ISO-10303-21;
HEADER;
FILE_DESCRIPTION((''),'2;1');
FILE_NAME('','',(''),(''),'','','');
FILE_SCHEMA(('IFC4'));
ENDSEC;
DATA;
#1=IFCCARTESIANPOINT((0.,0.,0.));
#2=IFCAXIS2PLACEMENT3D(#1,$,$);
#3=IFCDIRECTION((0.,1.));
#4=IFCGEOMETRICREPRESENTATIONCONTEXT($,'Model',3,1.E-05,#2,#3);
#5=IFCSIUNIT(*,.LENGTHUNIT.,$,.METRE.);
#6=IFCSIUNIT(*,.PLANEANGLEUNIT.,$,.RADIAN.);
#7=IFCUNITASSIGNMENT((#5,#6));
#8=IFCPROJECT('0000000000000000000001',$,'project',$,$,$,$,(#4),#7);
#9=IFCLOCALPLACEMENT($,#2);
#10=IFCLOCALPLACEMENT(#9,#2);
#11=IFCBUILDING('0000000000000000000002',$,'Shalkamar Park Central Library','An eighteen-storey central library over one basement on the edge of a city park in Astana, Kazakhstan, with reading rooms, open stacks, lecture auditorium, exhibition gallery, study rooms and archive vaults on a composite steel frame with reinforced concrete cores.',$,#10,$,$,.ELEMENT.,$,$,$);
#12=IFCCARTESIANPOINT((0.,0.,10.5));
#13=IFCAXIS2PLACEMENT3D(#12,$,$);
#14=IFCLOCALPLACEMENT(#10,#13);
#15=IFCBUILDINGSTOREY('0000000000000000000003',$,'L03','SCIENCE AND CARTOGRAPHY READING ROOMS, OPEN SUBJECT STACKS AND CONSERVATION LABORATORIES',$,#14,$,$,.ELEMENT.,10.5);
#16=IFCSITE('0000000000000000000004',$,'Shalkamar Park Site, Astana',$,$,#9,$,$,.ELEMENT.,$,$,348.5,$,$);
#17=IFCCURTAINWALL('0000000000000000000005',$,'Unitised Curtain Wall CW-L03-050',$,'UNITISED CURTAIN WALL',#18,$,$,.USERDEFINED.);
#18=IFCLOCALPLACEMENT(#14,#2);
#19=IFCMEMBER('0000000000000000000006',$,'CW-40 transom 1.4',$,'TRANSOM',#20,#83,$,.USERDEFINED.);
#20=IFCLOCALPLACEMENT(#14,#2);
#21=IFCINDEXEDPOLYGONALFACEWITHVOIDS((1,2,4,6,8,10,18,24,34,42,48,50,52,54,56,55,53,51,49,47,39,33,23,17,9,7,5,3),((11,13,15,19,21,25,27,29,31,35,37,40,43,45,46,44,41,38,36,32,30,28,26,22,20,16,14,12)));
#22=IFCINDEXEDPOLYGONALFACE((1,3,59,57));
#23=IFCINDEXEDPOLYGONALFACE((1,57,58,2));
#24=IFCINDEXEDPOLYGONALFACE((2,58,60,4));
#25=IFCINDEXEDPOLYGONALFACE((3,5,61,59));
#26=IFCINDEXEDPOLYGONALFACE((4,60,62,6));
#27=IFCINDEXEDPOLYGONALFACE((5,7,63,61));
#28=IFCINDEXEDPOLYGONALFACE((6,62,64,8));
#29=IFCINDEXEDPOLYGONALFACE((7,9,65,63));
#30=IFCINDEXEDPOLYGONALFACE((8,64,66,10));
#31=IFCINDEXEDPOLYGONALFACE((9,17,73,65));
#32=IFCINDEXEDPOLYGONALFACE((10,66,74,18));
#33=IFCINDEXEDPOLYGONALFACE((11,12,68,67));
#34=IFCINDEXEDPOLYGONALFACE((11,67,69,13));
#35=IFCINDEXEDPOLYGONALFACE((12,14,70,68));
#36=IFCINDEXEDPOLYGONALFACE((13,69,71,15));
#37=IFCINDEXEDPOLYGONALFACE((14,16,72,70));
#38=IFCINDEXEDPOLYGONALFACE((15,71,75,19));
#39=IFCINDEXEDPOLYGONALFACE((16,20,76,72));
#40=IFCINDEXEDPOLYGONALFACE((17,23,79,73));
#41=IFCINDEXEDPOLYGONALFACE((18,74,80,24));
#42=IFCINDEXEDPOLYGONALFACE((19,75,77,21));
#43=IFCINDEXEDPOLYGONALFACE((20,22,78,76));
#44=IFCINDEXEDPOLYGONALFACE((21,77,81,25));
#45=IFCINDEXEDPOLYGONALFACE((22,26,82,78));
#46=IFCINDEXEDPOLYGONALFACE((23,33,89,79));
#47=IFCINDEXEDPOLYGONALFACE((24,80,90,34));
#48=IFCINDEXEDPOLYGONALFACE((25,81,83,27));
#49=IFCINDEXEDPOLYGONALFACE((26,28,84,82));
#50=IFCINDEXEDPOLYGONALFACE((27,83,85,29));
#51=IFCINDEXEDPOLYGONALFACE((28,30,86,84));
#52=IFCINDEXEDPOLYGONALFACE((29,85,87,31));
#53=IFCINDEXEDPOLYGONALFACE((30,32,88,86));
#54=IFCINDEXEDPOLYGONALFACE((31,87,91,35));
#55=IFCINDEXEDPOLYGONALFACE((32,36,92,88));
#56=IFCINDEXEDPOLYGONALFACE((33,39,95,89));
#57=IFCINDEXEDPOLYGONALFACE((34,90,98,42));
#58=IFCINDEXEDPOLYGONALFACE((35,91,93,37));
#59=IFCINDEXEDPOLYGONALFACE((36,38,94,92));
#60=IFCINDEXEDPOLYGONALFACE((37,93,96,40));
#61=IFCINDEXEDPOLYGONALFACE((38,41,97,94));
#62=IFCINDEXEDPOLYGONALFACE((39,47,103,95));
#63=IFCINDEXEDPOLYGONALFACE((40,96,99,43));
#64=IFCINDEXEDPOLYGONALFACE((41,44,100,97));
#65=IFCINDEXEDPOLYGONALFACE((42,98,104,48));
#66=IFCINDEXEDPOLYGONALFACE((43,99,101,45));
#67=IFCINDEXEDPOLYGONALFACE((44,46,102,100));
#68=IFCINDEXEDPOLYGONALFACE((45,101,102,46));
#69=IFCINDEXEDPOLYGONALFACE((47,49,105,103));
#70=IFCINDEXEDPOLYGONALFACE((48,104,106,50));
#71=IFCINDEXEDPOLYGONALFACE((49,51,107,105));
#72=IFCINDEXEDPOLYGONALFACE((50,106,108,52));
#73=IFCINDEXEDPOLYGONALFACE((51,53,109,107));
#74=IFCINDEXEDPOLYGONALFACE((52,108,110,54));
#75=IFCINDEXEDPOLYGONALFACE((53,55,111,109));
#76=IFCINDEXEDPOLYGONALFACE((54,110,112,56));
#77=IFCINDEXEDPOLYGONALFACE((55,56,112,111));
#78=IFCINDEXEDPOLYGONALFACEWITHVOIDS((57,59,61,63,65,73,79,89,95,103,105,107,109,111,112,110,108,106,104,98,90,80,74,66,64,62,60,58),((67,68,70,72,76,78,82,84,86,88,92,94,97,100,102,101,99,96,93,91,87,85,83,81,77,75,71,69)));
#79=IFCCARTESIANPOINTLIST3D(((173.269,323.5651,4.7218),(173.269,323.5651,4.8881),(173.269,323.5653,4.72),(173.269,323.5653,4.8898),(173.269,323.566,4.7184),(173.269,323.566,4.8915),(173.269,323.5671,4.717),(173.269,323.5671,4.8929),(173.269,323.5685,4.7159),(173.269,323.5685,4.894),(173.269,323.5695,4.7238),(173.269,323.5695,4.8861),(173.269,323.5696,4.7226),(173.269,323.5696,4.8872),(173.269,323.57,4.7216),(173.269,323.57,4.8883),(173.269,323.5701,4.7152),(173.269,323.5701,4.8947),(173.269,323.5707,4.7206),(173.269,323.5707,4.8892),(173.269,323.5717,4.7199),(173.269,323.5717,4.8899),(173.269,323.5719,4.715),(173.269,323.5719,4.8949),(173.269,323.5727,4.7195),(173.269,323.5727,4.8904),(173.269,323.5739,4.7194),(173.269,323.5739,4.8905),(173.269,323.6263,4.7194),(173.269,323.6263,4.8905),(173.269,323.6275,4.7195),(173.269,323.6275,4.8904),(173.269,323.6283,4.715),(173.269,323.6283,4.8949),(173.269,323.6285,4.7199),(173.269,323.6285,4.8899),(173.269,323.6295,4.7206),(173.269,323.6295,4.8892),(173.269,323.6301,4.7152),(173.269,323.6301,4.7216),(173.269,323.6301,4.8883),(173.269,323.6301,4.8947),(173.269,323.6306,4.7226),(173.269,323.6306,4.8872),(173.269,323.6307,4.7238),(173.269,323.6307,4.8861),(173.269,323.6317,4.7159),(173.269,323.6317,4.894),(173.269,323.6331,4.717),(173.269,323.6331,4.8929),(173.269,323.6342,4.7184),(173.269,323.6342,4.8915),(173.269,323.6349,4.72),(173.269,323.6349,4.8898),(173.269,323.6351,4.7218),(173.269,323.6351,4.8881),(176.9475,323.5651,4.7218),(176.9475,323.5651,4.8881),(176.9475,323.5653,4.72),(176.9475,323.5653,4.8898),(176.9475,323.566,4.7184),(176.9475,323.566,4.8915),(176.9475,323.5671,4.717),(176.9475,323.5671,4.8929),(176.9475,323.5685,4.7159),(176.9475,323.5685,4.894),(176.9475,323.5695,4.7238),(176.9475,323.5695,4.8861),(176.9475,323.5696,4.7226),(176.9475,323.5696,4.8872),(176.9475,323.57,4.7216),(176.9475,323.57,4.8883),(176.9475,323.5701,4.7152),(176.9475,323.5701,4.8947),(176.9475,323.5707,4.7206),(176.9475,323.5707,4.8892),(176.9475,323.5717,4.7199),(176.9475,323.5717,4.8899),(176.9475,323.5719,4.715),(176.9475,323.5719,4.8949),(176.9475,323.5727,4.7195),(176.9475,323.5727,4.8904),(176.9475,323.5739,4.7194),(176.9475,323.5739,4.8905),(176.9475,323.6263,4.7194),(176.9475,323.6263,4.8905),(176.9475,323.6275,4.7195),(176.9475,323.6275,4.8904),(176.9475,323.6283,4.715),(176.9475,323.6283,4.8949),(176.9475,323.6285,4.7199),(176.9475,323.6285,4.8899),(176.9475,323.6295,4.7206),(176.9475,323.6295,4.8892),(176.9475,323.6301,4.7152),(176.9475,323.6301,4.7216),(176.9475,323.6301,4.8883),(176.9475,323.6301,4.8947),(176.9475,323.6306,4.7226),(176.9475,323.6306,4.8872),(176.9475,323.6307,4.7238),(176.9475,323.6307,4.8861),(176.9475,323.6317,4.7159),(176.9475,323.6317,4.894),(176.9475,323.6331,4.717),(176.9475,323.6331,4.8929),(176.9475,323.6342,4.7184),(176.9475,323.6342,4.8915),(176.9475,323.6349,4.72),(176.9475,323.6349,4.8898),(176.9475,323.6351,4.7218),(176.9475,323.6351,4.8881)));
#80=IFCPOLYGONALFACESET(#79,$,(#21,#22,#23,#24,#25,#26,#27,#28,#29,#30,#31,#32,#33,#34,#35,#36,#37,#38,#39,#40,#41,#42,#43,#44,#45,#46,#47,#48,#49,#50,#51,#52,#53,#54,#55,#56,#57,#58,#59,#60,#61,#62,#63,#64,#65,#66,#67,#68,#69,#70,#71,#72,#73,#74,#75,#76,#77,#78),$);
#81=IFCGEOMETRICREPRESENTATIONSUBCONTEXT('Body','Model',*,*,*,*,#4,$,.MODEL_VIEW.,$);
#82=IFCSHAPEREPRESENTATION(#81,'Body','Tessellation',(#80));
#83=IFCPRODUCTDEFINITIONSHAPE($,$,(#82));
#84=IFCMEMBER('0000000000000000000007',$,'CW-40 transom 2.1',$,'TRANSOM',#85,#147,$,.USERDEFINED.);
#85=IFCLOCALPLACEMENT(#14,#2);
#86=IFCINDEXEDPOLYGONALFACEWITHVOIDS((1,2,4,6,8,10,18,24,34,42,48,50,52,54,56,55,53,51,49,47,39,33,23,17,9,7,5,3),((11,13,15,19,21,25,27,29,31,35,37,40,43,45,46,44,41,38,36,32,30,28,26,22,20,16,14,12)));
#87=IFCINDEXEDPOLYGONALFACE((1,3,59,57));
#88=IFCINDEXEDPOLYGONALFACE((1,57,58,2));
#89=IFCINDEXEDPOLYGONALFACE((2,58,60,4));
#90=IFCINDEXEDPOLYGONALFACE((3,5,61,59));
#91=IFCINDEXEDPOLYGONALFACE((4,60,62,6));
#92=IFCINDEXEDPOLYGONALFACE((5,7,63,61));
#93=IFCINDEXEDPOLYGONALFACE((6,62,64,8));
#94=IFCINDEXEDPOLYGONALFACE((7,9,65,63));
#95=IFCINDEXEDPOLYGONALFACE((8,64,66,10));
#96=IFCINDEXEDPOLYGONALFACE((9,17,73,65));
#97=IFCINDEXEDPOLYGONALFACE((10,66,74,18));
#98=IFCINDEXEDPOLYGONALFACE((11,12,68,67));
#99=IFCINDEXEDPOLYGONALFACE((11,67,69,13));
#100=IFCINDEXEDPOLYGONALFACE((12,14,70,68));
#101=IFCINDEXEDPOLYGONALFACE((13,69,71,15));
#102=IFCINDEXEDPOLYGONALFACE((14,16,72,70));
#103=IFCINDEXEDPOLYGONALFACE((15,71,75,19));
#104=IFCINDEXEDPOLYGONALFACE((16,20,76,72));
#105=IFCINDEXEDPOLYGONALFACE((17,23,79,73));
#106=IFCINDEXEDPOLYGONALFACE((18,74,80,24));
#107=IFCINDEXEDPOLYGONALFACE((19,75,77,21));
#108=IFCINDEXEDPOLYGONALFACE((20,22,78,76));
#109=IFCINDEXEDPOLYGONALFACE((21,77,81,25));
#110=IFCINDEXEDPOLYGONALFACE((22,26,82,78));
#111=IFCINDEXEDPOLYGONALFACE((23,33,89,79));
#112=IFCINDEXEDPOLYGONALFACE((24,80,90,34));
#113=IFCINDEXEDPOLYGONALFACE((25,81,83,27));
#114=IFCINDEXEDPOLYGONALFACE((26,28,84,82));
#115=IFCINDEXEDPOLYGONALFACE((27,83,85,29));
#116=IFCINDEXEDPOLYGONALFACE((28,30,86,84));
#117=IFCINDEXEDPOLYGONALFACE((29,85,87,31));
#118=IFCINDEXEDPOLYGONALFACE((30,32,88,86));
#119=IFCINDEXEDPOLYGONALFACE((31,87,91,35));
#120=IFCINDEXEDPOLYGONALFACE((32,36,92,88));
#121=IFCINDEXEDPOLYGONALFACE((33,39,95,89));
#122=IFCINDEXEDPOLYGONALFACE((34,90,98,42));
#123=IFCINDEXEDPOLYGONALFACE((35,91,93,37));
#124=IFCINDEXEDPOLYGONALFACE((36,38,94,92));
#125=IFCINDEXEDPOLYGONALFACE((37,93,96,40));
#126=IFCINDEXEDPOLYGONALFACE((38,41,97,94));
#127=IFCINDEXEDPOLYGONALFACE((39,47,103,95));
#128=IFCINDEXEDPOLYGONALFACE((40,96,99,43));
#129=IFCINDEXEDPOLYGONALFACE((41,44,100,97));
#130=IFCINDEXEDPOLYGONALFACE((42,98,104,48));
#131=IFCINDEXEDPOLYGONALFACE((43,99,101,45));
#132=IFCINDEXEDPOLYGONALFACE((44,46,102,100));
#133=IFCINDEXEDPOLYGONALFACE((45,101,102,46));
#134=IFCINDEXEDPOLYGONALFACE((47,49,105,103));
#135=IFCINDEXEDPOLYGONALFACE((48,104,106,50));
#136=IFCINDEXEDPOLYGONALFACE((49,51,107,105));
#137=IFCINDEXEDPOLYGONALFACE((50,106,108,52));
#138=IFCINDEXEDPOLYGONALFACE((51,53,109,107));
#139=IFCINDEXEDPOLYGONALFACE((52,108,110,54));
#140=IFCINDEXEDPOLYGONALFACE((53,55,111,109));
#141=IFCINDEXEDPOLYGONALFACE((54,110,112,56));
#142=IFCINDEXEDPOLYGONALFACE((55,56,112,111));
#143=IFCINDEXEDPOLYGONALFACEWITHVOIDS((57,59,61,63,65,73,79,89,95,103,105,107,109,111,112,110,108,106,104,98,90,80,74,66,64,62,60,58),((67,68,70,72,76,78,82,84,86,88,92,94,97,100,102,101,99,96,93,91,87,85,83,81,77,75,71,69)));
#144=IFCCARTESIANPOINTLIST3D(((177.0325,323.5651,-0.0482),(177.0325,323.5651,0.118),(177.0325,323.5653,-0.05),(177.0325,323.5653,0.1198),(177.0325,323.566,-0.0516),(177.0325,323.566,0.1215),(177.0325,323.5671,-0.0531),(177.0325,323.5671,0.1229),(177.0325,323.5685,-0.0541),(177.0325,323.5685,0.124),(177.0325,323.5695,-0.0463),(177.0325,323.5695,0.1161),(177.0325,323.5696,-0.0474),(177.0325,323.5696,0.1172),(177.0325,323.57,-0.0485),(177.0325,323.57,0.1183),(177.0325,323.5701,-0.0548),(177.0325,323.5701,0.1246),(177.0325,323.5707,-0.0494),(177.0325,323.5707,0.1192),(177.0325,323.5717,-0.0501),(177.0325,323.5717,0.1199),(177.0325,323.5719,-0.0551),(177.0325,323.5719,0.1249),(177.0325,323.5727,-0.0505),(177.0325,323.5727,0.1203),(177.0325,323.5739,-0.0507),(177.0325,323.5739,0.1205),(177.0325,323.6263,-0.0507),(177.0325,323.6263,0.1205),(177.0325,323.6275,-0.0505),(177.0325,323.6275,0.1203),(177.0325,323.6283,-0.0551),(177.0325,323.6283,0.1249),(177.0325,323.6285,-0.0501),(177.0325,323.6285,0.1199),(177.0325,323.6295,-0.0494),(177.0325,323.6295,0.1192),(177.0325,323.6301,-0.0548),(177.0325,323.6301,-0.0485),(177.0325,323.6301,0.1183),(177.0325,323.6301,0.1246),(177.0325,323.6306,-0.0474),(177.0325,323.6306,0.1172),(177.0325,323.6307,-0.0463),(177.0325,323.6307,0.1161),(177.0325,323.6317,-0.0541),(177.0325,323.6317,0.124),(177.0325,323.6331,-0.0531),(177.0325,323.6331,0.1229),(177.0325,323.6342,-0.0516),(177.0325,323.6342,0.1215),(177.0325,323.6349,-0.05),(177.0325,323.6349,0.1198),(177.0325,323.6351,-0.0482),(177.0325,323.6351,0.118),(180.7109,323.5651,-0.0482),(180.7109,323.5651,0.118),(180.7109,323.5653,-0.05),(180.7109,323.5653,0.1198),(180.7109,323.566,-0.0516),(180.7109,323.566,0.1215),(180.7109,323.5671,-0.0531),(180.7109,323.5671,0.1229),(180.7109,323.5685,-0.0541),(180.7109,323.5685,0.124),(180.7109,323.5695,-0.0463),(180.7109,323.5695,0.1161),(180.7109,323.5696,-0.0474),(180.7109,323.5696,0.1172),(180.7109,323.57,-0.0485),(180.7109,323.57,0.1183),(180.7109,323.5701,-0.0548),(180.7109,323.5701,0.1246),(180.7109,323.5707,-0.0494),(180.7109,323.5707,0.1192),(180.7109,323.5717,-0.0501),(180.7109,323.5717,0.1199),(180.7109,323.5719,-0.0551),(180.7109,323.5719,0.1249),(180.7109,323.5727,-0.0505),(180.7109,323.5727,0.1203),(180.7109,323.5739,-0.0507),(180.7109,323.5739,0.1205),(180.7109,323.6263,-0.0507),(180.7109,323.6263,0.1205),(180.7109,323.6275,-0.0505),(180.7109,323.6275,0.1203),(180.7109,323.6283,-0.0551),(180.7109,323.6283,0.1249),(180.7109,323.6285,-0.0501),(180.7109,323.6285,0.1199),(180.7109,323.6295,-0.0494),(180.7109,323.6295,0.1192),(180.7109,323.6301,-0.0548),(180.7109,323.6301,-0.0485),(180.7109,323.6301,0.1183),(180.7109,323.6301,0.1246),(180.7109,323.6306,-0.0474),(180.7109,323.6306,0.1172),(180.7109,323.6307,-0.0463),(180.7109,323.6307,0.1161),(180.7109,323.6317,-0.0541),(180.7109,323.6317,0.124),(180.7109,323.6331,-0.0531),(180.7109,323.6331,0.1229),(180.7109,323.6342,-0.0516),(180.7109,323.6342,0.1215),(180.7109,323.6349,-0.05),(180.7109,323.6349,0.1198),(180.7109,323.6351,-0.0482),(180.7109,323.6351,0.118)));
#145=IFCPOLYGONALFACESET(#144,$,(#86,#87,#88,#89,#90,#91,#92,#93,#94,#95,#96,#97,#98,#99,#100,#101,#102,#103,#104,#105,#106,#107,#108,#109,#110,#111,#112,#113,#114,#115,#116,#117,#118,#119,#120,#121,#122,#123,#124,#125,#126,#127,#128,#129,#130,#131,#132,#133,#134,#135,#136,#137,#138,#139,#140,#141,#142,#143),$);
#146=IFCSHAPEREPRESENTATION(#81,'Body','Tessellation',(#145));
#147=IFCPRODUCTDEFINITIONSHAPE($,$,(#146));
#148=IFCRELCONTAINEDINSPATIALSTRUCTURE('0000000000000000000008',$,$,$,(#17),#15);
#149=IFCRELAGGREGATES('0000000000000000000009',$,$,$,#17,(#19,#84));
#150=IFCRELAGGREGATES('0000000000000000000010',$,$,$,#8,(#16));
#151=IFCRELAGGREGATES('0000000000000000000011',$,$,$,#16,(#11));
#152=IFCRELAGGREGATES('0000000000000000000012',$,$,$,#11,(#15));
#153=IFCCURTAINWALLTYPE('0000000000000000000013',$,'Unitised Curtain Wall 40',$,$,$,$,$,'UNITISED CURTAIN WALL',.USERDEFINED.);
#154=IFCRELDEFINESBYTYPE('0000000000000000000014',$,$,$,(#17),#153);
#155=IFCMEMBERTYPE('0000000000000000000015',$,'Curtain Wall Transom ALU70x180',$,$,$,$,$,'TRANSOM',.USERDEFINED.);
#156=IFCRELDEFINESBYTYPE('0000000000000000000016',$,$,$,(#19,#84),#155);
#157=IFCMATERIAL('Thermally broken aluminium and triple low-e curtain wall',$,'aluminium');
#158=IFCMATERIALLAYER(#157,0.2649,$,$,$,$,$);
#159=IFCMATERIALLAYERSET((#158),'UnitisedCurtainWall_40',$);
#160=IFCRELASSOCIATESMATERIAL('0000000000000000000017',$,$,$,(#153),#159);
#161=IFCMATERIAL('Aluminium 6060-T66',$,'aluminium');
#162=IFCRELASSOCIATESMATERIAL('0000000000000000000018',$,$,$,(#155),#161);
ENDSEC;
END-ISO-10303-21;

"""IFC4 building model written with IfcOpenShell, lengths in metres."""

from ifc_helpers import new_model, si_unit, direction, frame, origin, origin_2d, place, context, subcontext, project, spatial, hollow_rectangle, extrude, material, layer, layer_set, material_profile, profile_set, type_object, element, aggregate, save


model = new_model("IFC4")

# Units and contexts
model_context = context("Model", 3, precision=1e-05, world=origin(), true_north=direction((0.0, 1.0)))
body_context = subcontext(model_context, "Body", "Model", "MODEL_VIEW")
ifc_project = project(units=[si_unit("LENGTHUNIT", "METRE"), si_unit("PLANEANGLEUNIT", "RADIAN")], contexts=[model_context])

# Site, building, storey
site_placement = place(None, origin())
site = spatial("IfcSite", under=ifc_project, at=site_placement, Name="Shalkamar Park Site, Astana", CompositionType="ELEMENT", RefElevation=348.5)
building_placement = place(site_placement, origin())
building = spatial("IfcBuilding", under=site, at=building_placement, Name="Shalkamar Park Central Library", Description="An eighteen-storey central library over one basement on the edge of a city park in Astana, Kazakhstan, with reading rooms, open stacks, lecture auditorium, exhibition gallery, study rooms and archive vaults on a composite steel frame with reinforced concrete cores.", CompositionType="ELEMENT")
storey_placement = place(building_placement, frame((0.0, 0.0, 10.5)))
storey = spatial("IfcBuildingStorey", under=building, at=storey_placement, Name="L03", Description="SCIENCE AND CARTOGRAPHY READING ROOMS, OPEN SUBJECT STACKS AND CONSERVATION LABORATORIES", CompositionType="ELEMENT", Elevation=10.5)

# Shared definitions
ifc_material_1 = material(Name="Thermally broken aluminium and triple low-e curtain wall", Category="aluminium")
ifc_material_2 = material(Name="Aluminium 6060-T66", Category="aluminium")

# Curtain wall, members
ifc_layer_1 = layer(ifc_material_1, 0.2649)
ifc_layer_set_1 = layer_set([ifc_layer_1], Name="UnitisedCurtainWall_40")
curtain_wall_type_1 = type_object("IfcCurtainWallType", Name="Unitised Curtain Wall 40", ElementType="UNITISED CURTAIN WALL", PredefinedType="USERDEFINED", material=ifc_layer_set_1)
curtain_wall_1_placement = place(storey_placement, origin())
curtain_wall_1 = element("IfcCurtainWall", 1, at=curtain_wall_1_placement, inside=storey, type_object=curtain_wall_type_1, Name="Unitised Curtain Wall CW-L03-050", ObjectType="UNITISED CURTAIN WALL", PredefinedType="USERDEFINED")
ifc_material_profile_1 = material_profile(ifc_material_2, hollow_rectangle(XDim=0.0701, YDim=0.1799, WallThickness=0.0044, InnerFilletRadius=0.0044, OuterFilletRadius=0.0068, at=origin_2d()), Name="ALU 70x180x4.5")
ifc_profile_set_1 = profile_set([ifc_material_profile_1], Name="Aluminium 6060-T66")
member_type_1 = type_object("IfcMemberType", Name="Curtain Wall Transom ALU70x180", ElementType="TRANSOM", PredefinedType="USERDEFINED", material=ifc_profile_set_1)
member_1_placement = place(storey_placement, frame((173.269, 323.6001, 4.8049), z_axis=(1.0, 0.0, 0.0), x_axis=(0.0, 1.0, 0.0)))
member_1 = element("IfcMember", 2, at=member_1_placement, type_object=member_type_1, Name="CW-40 transom 1.4", ObjectType="TRANSOM", PredefinedType="USERDEFINED", context=body_context, shape_type="SweptSolid", body=[
    extrude(hollow_rectangle(XDim=0.0701, YDim=0.1799, WallThickness=0.0044, InnerFilletRadius=0.0044, OuterFilletRadius=0.0068, at=origin_2d()), origin(), (0.0, 0.0, 1.0), 3.6785),
])
member_2_placement = place(storey_placement, frame((177.0325, 323.6001, 0.0349), z_axis=(1.0, 0.0, 0.0), x_axis=(0.0, 1.0, 0.0)))
member_2 = element("IfcMember", 3, at=member_2_placement, type_object=member_type_1, Name="CW-40 transom 2.1", ObjectType="TRANSOM", PredefinedType="USERDEFINED", context=body_context, shape_type="SweptSolid", body=[
    extrude(hollow_rectangle(XDim=0.0701, YDim=0.1799, WallThickness=0.0044, InnerFilletRadius=0.0044, OuterFilletRadius=0.0068, at=origin_2d()), origin(), (0.0, 0.0, 1.0), 3.6785),
])

aggregate(curtain_wall_1, [member_1, member_2])

save(model, "model.ifc")
